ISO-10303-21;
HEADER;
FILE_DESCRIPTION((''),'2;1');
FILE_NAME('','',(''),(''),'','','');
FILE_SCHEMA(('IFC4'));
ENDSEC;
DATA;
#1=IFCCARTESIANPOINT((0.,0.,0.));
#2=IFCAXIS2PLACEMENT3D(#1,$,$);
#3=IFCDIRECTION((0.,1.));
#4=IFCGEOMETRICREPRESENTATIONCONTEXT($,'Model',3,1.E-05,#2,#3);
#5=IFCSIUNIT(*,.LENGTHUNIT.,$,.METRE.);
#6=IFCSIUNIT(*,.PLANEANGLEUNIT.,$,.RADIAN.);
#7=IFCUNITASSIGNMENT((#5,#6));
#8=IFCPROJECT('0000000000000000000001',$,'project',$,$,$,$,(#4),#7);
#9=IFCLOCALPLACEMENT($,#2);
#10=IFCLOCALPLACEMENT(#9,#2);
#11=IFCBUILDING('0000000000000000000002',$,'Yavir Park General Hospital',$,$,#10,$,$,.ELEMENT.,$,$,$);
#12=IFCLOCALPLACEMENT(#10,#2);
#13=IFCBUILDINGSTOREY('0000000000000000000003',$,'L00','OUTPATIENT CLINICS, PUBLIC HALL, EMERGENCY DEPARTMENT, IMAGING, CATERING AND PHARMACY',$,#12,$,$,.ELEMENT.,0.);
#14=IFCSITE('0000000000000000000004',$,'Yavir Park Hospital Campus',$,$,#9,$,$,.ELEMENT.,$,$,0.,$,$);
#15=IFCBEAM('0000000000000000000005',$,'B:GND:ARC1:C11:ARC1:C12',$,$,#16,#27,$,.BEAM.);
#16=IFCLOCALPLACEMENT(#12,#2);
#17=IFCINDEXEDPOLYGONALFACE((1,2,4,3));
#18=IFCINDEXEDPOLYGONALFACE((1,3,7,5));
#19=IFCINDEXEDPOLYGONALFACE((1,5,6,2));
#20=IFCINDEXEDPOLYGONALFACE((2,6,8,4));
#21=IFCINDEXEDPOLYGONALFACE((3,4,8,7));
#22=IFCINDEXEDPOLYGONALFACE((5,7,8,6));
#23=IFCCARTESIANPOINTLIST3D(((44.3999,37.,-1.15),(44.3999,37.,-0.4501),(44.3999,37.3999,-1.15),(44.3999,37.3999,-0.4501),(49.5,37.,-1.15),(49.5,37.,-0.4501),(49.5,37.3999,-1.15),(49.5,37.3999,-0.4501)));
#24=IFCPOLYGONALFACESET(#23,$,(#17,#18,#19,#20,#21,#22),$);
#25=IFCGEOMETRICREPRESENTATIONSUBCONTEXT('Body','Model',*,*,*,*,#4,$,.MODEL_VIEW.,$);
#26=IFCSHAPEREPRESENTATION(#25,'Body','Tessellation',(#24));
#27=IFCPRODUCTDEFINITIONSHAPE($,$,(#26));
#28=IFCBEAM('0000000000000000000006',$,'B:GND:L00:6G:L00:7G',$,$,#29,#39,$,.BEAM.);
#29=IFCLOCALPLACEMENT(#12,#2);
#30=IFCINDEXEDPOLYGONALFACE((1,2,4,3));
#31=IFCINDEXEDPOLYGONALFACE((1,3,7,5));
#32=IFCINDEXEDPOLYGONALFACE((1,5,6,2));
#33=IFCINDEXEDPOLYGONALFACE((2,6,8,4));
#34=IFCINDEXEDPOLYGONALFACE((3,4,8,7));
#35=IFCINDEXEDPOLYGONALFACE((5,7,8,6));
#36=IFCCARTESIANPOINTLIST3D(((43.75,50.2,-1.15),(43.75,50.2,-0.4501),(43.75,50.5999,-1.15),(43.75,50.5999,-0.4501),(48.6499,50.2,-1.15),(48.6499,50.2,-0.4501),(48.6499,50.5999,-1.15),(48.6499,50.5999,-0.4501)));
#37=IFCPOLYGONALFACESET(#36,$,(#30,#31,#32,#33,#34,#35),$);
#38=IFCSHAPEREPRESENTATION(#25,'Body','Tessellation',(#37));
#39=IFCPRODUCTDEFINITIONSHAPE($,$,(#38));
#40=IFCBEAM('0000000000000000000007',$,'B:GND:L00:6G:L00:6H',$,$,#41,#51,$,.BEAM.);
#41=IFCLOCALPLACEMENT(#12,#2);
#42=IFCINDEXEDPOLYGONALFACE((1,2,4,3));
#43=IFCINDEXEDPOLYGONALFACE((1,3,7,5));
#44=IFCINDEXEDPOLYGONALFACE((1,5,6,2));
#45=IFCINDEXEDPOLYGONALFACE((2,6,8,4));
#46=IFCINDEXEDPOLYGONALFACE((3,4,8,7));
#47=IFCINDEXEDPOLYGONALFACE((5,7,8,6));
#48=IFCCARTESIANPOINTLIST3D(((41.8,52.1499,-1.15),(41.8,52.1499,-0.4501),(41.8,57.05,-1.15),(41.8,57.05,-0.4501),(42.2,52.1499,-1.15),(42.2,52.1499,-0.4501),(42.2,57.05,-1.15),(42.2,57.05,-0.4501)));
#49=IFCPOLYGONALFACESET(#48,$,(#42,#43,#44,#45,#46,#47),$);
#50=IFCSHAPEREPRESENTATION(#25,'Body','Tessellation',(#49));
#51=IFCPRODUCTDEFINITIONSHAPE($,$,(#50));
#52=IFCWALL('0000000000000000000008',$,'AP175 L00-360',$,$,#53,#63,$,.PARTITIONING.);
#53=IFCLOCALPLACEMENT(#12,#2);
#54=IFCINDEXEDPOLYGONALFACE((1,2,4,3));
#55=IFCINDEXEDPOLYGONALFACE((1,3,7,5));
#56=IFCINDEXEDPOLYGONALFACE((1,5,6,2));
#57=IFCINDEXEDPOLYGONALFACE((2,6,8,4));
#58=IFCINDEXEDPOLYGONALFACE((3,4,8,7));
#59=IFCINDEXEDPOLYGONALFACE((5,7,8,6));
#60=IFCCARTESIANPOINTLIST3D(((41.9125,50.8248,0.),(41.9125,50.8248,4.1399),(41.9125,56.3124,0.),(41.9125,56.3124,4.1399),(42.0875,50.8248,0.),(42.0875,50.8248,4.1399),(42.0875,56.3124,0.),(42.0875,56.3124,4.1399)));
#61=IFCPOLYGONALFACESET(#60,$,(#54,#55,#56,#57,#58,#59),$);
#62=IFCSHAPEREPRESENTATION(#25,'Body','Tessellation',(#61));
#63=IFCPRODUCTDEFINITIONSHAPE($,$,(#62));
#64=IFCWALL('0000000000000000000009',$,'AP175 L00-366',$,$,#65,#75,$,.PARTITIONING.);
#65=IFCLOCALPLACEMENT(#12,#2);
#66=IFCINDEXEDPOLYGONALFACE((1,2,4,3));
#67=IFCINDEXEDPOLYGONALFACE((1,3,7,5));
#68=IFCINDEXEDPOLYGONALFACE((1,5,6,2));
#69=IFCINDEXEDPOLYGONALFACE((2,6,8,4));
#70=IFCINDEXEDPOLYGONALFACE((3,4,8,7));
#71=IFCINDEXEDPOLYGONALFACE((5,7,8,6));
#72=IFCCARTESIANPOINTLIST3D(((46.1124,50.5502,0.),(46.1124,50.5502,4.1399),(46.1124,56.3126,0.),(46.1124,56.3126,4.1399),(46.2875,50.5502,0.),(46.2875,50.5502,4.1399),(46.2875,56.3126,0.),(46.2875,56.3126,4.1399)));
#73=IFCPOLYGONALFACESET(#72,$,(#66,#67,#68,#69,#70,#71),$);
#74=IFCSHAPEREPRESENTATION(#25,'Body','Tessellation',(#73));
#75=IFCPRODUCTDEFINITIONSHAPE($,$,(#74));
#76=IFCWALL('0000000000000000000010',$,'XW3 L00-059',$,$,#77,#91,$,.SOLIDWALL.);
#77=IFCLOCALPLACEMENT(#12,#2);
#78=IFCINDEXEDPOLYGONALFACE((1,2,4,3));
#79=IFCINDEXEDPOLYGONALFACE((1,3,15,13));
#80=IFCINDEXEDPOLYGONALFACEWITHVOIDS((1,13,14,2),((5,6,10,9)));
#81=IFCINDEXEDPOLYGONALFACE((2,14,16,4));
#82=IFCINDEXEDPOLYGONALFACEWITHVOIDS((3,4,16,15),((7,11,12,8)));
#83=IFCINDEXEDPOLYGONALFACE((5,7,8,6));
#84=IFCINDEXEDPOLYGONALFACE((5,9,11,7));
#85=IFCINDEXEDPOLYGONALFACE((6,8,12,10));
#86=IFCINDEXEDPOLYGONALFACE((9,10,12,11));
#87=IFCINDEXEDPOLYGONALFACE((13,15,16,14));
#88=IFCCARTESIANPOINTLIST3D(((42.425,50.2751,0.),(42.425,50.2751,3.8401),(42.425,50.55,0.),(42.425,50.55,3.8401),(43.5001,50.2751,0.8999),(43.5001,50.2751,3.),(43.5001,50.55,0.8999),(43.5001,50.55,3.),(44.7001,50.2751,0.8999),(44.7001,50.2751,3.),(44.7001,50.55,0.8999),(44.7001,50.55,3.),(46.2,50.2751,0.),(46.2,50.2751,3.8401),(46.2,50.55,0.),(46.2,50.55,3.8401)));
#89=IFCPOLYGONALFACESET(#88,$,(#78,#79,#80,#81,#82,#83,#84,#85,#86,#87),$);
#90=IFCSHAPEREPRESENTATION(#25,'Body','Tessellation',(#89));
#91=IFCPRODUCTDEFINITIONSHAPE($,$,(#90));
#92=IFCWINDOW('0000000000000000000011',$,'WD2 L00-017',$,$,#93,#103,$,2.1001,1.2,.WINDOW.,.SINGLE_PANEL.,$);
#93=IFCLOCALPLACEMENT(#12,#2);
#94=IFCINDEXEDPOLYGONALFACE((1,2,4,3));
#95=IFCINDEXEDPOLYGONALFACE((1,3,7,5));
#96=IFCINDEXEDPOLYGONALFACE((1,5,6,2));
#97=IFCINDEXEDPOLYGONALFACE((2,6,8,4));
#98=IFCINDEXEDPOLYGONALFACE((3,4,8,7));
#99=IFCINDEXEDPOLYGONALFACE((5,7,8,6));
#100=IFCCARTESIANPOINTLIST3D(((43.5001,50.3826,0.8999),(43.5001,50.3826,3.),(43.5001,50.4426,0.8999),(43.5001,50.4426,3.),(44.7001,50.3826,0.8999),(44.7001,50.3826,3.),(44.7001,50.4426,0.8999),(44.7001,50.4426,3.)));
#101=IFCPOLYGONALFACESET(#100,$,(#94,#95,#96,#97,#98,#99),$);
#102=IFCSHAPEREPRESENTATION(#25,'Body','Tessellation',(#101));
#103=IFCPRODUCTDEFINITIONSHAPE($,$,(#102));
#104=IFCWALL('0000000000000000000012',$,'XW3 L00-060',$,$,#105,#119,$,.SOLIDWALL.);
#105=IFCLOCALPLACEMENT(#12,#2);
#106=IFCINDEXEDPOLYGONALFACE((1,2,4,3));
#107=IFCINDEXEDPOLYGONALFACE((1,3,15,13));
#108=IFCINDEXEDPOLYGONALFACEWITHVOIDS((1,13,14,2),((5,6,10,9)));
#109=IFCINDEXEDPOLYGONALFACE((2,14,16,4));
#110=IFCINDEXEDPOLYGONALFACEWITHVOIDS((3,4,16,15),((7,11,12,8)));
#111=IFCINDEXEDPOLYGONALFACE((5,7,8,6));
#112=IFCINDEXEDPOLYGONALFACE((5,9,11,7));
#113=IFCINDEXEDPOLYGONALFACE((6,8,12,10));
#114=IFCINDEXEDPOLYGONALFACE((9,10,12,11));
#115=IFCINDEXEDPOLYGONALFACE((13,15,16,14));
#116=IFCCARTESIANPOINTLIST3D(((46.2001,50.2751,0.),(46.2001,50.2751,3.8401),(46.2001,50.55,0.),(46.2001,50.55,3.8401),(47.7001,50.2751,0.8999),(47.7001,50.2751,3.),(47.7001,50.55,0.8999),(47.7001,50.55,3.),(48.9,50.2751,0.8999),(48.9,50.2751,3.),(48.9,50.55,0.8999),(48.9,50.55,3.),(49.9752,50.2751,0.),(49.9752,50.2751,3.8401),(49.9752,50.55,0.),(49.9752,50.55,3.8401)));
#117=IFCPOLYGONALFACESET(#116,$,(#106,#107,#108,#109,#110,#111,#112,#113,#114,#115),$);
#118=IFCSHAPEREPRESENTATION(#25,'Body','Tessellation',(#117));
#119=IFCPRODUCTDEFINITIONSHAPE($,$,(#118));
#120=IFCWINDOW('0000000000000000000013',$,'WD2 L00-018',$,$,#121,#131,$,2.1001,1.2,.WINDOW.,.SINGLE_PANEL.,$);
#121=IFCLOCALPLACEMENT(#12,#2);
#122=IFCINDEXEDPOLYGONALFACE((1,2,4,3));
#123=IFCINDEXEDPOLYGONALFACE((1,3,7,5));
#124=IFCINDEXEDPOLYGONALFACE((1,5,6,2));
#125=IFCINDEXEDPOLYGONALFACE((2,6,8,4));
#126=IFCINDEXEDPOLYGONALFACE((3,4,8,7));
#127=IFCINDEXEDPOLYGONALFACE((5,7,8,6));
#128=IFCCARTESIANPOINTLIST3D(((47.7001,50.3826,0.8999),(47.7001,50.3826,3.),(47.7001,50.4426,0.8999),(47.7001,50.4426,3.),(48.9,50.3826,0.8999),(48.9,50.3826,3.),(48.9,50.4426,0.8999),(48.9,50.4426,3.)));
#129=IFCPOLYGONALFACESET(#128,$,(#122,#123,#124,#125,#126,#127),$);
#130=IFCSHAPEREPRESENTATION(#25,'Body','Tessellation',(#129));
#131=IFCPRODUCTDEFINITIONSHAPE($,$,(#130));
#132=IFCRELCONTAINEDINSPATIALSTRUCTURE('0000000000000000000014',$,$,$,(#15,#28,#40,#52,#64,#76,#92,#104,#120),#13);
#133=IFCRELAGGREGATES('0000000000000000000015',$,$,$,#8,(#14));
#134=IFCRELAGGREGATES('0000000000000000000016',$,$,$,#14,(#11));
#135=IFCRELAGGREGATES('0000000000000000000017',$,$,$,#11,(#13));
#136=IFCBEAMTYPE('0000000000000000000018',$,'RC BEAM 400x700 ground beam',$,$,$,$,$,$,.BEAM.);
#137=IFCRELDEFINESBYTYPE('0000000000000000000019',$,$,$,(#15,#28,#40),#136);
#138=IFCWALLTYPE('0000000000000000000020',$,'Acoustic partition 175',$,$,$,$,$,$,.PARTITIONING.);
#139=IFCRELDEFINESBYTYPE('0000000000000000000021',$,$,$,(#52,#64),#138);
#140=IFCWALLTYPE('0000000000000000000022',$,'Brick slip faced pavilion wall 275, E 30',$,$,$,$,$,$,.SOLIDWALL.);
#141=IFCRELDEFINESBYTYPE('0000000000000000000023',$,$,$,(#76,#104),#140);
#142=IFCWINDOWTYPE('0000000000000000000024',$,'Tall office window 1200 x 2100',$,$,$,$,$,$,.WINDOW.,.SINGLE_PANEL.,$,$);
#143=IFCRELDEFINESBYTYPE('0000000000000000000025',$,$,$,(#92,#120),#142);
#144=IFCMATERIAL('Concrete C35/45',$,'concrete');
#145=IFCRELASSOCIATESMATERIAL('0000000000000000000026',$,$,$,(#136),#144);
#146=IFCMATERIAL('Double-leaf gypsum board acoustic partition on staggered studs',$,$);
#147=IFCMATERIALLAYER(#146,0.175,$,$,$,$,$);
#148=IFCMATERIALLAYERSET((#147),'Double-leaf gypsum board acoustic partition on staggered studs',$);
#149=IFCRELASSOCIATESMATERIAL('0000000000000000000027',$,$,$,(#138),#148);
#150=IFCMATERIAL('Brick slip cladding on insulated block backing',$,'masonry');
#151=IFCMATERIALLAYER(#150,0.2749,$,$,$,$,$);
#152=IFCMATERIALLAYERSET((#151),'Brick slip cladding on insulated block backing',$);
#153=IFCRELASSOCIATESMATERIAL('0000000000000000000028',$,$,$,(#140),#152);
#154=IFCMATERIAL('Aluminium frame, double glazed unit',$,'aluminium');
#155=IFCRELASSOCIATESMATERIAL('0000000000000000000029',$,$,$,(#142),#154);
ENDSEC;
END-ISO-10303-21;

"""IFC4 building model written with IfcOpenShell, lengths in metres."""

from ifc_helpers import new_model, si_unit, direction, frame, frame_2d, origin, origin_2d, place, context, subcontext, project, spatial, rectangle, extrude, material, layer, layer_set, material_profile, profile_set, type_object, element, fill, save


model = new_model("IFC4")

# Units and contexts
model_context = context("Model", 3, precision=1e-05, world=origin(), true_north=direction((0.0, 1.0)))
body_context = subcontext(model_context, "Body", "Model", "MODEL_VIEW")
ifc_project = project(units=[si_unit("LENGTHUNIT", "METRE"), si_unit("PLANEANGLEUNIT", "RADIAN")], contexts=[model_context])

# Site, building, storey
site_placement = place(None, origin())
site = spatial("IfcSite", under=ifc_project, at=site_placement, Name="Yavir Park Hospital Campus", CompositionType="ELEMENT", RefElevation=0.0)
building_placement = place(site_placement, origin())
building = spatial("IfcBuilding", under=site, at=building_placement, Name="Yavir Park General Hospital", CompositionType="ELEMENT")
storey_placement = place(building_placement, origin())
storey = spatial("IfcBuildingStorey", under=building, at=storey_placement, Name="L00", Description="OUTPATIENT CLINICS, PUBLIC HALL, EMERGENCY DEPARTMENT, IMAGING, CATERING AND PHARMACY", CompositionType="ELEMENT", Elevation=0.0)

# Beams
ifc_material_1 = material(Name="Concrete C35/45", Category="concrete")
ifc_material_profile_1 = material_profile(ifc_material_1, rectangle(XDim=0.3999, YDim=0.7, at=origin_2d()), Name="RC400x700")
ifc_profile_set_1 = profile_set([ifc_material_profile_1], Name="Concrete C35/45")
beam_type_1 = type_object("IfcBeamType", Name="RC BEAM 400x700 ground beam", PredefinedType="BEAM", material=ifc_profile_set_1)
beam_1_placement = place(storey_placement, frame((44.3999, 37.2, -0.8), z_axis=(1.0, 0.0, 0.0), x_axis=(0.0, 1.0, 0.0)))
element("IfcBeam", 1, at=beam_1_placement, inside=storey, type_object=beam_type_1, Name="B:GND:ARC1:C11:ARC1:C12", PredefinedType="BEAM", context=body_context, shape_type="SweptSolid", body=[
    extrude(rectangle(XDim=0.3999, YDim=0.7, at=origin_2d()), origin(), (0.0, 0.0, 1.0), 5.1001),
])
beam_2_placement = place(storey_placement, frame((43.75, 50.3999, -0.8), z_axis=(1.0, 0.0, 0.0), x_axis=(0.0, 1.0, 0.0)))
element("IfcBeam", 2, at=beam_2_placement, inside=storey, type_object=beam_type_1, Name="B:GND:L00:6G:L00:7G", PredefinedType="BEAM", context=body_context, shape_type="SweptSolid", body=[
    extrude(rectangle(XDim=0.3999, YDim=0.7, at=origin_2d()), origin(), (0.0, 0.0, 1.0), 4.8999),
])
beam_3_placement = place(storey_placement, frame((42.0, 52.1499, -0.8), z_axis=(0.0, 1.0, 0.0), x_axis=(-1.0, 0.0, 0.0)))
element("IfcBeam", 3, at=beam_3_placement, inside=storey, type_object=beam_type_1, Name="B:GND:L00:6G:L00:6H", PredefinedType="BEAM", context=body_context, shape_type="SweptSolid", body=[
    extrude(rectangle(XDim=0.3999, YDim=0.7, at=origin_2d()), origin(), (0.0, 0.0, 1.0), 4.9001),
])

# Walls
ifc_material_2 = material(Name="Double-leaf gypsum board acoustic partition on staggered studs")
ifc_layer_1 = layer(ifc_material_2, 0.175)
ifc_layer_set_1 = layer_set([ifc_layer_1], Name="Double-leaf gypsum board acoustic partition on staggered studs")
wall_type_1 = type_object("IfcWallType", Name="Acoustic partition 175", PredefinedType="PARTITIONING", material=ifc_layer_set_1)
wall_1_placement = place(storey_placement, frame((42.0, 50.825, 0.0), z_axis=(0.0, 0.0, 1.0), x_axis=(0.0, 1.0, 0.0)))
element("IfcWall", 4, at=wall_1_placement, inside=storey, type_object=wall_type_1, Name="AP175 L00-360", PredefinedType="PARTITIONING", context=body_context, shape_type="SweptSolid", body=[
    extrude(rectangle(XDim=5.4875, YDim=0.175, at=frame_2d((2.7437, 0.0))), origin(), (0.0, 0.0, 1.0), 4.1399),
])
wall_2_placement = place(storey_placement, frame((46.2, 50.55, 0.0), z_axis=(0.0, 0.0, 1.0), x_axis=(0.0, 1.0, 0.0)))
element("IfcWall", 5, at=wall_2_placement, inside=storey, type_object=wall_type_1, Name="AP175 L00-366", PredefinedType="PARTITIONING", context=body_context, shape_type="SweptSolid", body=[
    extrude(rectangle(XDim=5.7625, YDim=0.175, at=frame_2d((2.8813, 0.0))), origin(), (0.0, 0.0, 1.0), 4.1399),
])

# Walls, openings, windows
ifc_material_3 = material(Name="Brick slip cladding on insulated block backing", Category="masonry")
ifc_layer_2 = layer(ifc_material_3, 0.2749)
ifc_layer_set_2 = layer_set([ifc_layer_2], Name="Brick slip cladding on insulated block backing")
wall_type_2 = type_object("IfcWallType", Name="Brick slip faced pavilion wall 275, E 30", PredefinedType="SOLIDWALL", material=ifc_layer_set_2)
wall_3_placement = place(storey_placement, frame((42.425, 50.4126, 0.0), z_axis=(0.0, 0.0, 1.0), x_axis=(1.0, 0.0, 0.0)))
wall_3 = element("IfcWall", 6, at=wall_3_placement, inside=storey, type_object=wall_type_2, Name="XW3 L00-059", PredefinedType="SOLIDWALL", context=body_context, shape_type="SweptSolid", body=[
    extrude(rectangle(XDim=3.7749, YDim=0.2749, at=frame_2d((1.8875, 0.0))), origin(), (0.0, 0.0, 1.0), 3.8401),
])
opening_1_placement = place(wall_3_placement, frame((1.075, 0.0, 0.8999)))
opening_1 = element("IfcOpeningElement", 7, at=opening_1_placement, cuts=wall_3, PredefinedType="OPENING", context=body_context, shape_type="SweptSolid", body=[
    extrude(rectangle(XDim=1.2, YDim=2.1001, at=frame_2d((0.6001, 1.05))), frame((0.0, 0.1475, 0.0), z_axis=(0.0, -1.0, 0.0), x_axis=(1.0, 0.0, 0.0)), (0.0, 0.0, 1.0), 0.2949),
])
ifc_material_4 = material(Name="Aluminium frame, double glazed unit", Category="aluminium")
window_type = type_object("IfcWindowType", Name="Tall office window 1200 x 2100", PartitioningType="SINGLE_PANEL", PredefinedType="WINDOW", material=ifc_material_4)
window_1_placement = place(opening_1_placement, origin())
window_1 = element("IfcWindow", 8, at=window_1_placement, inside=storey, type_object=window_type, Name="WD2 L00-017", OverallHeight=2.1001, OverallWidth=1.2, PartitioningType="SINGLE_PANEL", PredefinedType="WINDOW", context=body_context, shape_type="SweptSolid", body=[
    extrude(rectangle(XDim=1.2, YDim=2.1001, at=frame_2d((0.6001, 1.05))), frame((0.0, 0.03, 0.0), z_axis=(0.0, -1.0, 0.0), x_axis=(1.0, 0.0, 0.0)), (0.0, 0.0, 1.0), 0.0601),
])
fill(opening_1, window_1)
wall_4_placement = place(storey_placement, frame((46.2, 50.4126, 0.0), z_axis=(0.0, 0.0, 1.0), x_axis=(1.0, 0.0, 0.0)))
wall_4 = element("IfcWall", 9, at=wall_4_placement, inside=storey, type_object=wall_type_2, Name="XW3 L00-060", PredefinedType="SOLIDWALL", context=body_context, shape_type="SweptSolid", body=[
    extrude(rectangle(XDim=3.7751, YDim=0.2749, at=frame_2d((1.8877, 0.0))), origin(), (0.0, 0.0, 1.0), 3.8401),
])
opening_2_placement = place(wall_4_placement, frame((1.5, 0.0, 0.8999)))
opening_2 = element("IfcOpeningElement", 10, at=opening_2_placement, cuts=wall_4, PredefinedType="OPENING", context=body_context, shape_type="SweptSolid", body=[
    extrude(rectangle(XDim=1.2, YDim=2.1001, at=frame_2d((0.6001, 1.05))), frame((0.0, 0.1475, 0.0), z_axis=(0.0, -1.0, 0.0), x_axis=(1.0, 0.0, 0.0)), (0.0, 0.0, 1.0), 0.2949),
])
window_2_placement = place(opening_2_placement, origin())
window_2 = element("IfcWindow", 11, at=window_2_placement, inside=storey, type_object=window_type, Name="WD2 L00-018", OverallHeight=2.1001, OverallWidth=1.2, PartitioningType="SINGLE_PANEL", PredefinedType="WINDOW", context=body_context, shape_type="SweptSolid", body=[
    extrude(rectangle(XDim=1.2, YDim=2.1001, at=frame_2d((0.6001, 1.05))), frame((0.0, 0.03, 0.0), z_axis=(0.0, -1.0, 0.0), x_axis=(1.0, 0.0, 0.0)), (0.0, 0.0, 1.0), 0.0601),
])
fill(opening_2, window_2)

save(model, "model.ifc")
